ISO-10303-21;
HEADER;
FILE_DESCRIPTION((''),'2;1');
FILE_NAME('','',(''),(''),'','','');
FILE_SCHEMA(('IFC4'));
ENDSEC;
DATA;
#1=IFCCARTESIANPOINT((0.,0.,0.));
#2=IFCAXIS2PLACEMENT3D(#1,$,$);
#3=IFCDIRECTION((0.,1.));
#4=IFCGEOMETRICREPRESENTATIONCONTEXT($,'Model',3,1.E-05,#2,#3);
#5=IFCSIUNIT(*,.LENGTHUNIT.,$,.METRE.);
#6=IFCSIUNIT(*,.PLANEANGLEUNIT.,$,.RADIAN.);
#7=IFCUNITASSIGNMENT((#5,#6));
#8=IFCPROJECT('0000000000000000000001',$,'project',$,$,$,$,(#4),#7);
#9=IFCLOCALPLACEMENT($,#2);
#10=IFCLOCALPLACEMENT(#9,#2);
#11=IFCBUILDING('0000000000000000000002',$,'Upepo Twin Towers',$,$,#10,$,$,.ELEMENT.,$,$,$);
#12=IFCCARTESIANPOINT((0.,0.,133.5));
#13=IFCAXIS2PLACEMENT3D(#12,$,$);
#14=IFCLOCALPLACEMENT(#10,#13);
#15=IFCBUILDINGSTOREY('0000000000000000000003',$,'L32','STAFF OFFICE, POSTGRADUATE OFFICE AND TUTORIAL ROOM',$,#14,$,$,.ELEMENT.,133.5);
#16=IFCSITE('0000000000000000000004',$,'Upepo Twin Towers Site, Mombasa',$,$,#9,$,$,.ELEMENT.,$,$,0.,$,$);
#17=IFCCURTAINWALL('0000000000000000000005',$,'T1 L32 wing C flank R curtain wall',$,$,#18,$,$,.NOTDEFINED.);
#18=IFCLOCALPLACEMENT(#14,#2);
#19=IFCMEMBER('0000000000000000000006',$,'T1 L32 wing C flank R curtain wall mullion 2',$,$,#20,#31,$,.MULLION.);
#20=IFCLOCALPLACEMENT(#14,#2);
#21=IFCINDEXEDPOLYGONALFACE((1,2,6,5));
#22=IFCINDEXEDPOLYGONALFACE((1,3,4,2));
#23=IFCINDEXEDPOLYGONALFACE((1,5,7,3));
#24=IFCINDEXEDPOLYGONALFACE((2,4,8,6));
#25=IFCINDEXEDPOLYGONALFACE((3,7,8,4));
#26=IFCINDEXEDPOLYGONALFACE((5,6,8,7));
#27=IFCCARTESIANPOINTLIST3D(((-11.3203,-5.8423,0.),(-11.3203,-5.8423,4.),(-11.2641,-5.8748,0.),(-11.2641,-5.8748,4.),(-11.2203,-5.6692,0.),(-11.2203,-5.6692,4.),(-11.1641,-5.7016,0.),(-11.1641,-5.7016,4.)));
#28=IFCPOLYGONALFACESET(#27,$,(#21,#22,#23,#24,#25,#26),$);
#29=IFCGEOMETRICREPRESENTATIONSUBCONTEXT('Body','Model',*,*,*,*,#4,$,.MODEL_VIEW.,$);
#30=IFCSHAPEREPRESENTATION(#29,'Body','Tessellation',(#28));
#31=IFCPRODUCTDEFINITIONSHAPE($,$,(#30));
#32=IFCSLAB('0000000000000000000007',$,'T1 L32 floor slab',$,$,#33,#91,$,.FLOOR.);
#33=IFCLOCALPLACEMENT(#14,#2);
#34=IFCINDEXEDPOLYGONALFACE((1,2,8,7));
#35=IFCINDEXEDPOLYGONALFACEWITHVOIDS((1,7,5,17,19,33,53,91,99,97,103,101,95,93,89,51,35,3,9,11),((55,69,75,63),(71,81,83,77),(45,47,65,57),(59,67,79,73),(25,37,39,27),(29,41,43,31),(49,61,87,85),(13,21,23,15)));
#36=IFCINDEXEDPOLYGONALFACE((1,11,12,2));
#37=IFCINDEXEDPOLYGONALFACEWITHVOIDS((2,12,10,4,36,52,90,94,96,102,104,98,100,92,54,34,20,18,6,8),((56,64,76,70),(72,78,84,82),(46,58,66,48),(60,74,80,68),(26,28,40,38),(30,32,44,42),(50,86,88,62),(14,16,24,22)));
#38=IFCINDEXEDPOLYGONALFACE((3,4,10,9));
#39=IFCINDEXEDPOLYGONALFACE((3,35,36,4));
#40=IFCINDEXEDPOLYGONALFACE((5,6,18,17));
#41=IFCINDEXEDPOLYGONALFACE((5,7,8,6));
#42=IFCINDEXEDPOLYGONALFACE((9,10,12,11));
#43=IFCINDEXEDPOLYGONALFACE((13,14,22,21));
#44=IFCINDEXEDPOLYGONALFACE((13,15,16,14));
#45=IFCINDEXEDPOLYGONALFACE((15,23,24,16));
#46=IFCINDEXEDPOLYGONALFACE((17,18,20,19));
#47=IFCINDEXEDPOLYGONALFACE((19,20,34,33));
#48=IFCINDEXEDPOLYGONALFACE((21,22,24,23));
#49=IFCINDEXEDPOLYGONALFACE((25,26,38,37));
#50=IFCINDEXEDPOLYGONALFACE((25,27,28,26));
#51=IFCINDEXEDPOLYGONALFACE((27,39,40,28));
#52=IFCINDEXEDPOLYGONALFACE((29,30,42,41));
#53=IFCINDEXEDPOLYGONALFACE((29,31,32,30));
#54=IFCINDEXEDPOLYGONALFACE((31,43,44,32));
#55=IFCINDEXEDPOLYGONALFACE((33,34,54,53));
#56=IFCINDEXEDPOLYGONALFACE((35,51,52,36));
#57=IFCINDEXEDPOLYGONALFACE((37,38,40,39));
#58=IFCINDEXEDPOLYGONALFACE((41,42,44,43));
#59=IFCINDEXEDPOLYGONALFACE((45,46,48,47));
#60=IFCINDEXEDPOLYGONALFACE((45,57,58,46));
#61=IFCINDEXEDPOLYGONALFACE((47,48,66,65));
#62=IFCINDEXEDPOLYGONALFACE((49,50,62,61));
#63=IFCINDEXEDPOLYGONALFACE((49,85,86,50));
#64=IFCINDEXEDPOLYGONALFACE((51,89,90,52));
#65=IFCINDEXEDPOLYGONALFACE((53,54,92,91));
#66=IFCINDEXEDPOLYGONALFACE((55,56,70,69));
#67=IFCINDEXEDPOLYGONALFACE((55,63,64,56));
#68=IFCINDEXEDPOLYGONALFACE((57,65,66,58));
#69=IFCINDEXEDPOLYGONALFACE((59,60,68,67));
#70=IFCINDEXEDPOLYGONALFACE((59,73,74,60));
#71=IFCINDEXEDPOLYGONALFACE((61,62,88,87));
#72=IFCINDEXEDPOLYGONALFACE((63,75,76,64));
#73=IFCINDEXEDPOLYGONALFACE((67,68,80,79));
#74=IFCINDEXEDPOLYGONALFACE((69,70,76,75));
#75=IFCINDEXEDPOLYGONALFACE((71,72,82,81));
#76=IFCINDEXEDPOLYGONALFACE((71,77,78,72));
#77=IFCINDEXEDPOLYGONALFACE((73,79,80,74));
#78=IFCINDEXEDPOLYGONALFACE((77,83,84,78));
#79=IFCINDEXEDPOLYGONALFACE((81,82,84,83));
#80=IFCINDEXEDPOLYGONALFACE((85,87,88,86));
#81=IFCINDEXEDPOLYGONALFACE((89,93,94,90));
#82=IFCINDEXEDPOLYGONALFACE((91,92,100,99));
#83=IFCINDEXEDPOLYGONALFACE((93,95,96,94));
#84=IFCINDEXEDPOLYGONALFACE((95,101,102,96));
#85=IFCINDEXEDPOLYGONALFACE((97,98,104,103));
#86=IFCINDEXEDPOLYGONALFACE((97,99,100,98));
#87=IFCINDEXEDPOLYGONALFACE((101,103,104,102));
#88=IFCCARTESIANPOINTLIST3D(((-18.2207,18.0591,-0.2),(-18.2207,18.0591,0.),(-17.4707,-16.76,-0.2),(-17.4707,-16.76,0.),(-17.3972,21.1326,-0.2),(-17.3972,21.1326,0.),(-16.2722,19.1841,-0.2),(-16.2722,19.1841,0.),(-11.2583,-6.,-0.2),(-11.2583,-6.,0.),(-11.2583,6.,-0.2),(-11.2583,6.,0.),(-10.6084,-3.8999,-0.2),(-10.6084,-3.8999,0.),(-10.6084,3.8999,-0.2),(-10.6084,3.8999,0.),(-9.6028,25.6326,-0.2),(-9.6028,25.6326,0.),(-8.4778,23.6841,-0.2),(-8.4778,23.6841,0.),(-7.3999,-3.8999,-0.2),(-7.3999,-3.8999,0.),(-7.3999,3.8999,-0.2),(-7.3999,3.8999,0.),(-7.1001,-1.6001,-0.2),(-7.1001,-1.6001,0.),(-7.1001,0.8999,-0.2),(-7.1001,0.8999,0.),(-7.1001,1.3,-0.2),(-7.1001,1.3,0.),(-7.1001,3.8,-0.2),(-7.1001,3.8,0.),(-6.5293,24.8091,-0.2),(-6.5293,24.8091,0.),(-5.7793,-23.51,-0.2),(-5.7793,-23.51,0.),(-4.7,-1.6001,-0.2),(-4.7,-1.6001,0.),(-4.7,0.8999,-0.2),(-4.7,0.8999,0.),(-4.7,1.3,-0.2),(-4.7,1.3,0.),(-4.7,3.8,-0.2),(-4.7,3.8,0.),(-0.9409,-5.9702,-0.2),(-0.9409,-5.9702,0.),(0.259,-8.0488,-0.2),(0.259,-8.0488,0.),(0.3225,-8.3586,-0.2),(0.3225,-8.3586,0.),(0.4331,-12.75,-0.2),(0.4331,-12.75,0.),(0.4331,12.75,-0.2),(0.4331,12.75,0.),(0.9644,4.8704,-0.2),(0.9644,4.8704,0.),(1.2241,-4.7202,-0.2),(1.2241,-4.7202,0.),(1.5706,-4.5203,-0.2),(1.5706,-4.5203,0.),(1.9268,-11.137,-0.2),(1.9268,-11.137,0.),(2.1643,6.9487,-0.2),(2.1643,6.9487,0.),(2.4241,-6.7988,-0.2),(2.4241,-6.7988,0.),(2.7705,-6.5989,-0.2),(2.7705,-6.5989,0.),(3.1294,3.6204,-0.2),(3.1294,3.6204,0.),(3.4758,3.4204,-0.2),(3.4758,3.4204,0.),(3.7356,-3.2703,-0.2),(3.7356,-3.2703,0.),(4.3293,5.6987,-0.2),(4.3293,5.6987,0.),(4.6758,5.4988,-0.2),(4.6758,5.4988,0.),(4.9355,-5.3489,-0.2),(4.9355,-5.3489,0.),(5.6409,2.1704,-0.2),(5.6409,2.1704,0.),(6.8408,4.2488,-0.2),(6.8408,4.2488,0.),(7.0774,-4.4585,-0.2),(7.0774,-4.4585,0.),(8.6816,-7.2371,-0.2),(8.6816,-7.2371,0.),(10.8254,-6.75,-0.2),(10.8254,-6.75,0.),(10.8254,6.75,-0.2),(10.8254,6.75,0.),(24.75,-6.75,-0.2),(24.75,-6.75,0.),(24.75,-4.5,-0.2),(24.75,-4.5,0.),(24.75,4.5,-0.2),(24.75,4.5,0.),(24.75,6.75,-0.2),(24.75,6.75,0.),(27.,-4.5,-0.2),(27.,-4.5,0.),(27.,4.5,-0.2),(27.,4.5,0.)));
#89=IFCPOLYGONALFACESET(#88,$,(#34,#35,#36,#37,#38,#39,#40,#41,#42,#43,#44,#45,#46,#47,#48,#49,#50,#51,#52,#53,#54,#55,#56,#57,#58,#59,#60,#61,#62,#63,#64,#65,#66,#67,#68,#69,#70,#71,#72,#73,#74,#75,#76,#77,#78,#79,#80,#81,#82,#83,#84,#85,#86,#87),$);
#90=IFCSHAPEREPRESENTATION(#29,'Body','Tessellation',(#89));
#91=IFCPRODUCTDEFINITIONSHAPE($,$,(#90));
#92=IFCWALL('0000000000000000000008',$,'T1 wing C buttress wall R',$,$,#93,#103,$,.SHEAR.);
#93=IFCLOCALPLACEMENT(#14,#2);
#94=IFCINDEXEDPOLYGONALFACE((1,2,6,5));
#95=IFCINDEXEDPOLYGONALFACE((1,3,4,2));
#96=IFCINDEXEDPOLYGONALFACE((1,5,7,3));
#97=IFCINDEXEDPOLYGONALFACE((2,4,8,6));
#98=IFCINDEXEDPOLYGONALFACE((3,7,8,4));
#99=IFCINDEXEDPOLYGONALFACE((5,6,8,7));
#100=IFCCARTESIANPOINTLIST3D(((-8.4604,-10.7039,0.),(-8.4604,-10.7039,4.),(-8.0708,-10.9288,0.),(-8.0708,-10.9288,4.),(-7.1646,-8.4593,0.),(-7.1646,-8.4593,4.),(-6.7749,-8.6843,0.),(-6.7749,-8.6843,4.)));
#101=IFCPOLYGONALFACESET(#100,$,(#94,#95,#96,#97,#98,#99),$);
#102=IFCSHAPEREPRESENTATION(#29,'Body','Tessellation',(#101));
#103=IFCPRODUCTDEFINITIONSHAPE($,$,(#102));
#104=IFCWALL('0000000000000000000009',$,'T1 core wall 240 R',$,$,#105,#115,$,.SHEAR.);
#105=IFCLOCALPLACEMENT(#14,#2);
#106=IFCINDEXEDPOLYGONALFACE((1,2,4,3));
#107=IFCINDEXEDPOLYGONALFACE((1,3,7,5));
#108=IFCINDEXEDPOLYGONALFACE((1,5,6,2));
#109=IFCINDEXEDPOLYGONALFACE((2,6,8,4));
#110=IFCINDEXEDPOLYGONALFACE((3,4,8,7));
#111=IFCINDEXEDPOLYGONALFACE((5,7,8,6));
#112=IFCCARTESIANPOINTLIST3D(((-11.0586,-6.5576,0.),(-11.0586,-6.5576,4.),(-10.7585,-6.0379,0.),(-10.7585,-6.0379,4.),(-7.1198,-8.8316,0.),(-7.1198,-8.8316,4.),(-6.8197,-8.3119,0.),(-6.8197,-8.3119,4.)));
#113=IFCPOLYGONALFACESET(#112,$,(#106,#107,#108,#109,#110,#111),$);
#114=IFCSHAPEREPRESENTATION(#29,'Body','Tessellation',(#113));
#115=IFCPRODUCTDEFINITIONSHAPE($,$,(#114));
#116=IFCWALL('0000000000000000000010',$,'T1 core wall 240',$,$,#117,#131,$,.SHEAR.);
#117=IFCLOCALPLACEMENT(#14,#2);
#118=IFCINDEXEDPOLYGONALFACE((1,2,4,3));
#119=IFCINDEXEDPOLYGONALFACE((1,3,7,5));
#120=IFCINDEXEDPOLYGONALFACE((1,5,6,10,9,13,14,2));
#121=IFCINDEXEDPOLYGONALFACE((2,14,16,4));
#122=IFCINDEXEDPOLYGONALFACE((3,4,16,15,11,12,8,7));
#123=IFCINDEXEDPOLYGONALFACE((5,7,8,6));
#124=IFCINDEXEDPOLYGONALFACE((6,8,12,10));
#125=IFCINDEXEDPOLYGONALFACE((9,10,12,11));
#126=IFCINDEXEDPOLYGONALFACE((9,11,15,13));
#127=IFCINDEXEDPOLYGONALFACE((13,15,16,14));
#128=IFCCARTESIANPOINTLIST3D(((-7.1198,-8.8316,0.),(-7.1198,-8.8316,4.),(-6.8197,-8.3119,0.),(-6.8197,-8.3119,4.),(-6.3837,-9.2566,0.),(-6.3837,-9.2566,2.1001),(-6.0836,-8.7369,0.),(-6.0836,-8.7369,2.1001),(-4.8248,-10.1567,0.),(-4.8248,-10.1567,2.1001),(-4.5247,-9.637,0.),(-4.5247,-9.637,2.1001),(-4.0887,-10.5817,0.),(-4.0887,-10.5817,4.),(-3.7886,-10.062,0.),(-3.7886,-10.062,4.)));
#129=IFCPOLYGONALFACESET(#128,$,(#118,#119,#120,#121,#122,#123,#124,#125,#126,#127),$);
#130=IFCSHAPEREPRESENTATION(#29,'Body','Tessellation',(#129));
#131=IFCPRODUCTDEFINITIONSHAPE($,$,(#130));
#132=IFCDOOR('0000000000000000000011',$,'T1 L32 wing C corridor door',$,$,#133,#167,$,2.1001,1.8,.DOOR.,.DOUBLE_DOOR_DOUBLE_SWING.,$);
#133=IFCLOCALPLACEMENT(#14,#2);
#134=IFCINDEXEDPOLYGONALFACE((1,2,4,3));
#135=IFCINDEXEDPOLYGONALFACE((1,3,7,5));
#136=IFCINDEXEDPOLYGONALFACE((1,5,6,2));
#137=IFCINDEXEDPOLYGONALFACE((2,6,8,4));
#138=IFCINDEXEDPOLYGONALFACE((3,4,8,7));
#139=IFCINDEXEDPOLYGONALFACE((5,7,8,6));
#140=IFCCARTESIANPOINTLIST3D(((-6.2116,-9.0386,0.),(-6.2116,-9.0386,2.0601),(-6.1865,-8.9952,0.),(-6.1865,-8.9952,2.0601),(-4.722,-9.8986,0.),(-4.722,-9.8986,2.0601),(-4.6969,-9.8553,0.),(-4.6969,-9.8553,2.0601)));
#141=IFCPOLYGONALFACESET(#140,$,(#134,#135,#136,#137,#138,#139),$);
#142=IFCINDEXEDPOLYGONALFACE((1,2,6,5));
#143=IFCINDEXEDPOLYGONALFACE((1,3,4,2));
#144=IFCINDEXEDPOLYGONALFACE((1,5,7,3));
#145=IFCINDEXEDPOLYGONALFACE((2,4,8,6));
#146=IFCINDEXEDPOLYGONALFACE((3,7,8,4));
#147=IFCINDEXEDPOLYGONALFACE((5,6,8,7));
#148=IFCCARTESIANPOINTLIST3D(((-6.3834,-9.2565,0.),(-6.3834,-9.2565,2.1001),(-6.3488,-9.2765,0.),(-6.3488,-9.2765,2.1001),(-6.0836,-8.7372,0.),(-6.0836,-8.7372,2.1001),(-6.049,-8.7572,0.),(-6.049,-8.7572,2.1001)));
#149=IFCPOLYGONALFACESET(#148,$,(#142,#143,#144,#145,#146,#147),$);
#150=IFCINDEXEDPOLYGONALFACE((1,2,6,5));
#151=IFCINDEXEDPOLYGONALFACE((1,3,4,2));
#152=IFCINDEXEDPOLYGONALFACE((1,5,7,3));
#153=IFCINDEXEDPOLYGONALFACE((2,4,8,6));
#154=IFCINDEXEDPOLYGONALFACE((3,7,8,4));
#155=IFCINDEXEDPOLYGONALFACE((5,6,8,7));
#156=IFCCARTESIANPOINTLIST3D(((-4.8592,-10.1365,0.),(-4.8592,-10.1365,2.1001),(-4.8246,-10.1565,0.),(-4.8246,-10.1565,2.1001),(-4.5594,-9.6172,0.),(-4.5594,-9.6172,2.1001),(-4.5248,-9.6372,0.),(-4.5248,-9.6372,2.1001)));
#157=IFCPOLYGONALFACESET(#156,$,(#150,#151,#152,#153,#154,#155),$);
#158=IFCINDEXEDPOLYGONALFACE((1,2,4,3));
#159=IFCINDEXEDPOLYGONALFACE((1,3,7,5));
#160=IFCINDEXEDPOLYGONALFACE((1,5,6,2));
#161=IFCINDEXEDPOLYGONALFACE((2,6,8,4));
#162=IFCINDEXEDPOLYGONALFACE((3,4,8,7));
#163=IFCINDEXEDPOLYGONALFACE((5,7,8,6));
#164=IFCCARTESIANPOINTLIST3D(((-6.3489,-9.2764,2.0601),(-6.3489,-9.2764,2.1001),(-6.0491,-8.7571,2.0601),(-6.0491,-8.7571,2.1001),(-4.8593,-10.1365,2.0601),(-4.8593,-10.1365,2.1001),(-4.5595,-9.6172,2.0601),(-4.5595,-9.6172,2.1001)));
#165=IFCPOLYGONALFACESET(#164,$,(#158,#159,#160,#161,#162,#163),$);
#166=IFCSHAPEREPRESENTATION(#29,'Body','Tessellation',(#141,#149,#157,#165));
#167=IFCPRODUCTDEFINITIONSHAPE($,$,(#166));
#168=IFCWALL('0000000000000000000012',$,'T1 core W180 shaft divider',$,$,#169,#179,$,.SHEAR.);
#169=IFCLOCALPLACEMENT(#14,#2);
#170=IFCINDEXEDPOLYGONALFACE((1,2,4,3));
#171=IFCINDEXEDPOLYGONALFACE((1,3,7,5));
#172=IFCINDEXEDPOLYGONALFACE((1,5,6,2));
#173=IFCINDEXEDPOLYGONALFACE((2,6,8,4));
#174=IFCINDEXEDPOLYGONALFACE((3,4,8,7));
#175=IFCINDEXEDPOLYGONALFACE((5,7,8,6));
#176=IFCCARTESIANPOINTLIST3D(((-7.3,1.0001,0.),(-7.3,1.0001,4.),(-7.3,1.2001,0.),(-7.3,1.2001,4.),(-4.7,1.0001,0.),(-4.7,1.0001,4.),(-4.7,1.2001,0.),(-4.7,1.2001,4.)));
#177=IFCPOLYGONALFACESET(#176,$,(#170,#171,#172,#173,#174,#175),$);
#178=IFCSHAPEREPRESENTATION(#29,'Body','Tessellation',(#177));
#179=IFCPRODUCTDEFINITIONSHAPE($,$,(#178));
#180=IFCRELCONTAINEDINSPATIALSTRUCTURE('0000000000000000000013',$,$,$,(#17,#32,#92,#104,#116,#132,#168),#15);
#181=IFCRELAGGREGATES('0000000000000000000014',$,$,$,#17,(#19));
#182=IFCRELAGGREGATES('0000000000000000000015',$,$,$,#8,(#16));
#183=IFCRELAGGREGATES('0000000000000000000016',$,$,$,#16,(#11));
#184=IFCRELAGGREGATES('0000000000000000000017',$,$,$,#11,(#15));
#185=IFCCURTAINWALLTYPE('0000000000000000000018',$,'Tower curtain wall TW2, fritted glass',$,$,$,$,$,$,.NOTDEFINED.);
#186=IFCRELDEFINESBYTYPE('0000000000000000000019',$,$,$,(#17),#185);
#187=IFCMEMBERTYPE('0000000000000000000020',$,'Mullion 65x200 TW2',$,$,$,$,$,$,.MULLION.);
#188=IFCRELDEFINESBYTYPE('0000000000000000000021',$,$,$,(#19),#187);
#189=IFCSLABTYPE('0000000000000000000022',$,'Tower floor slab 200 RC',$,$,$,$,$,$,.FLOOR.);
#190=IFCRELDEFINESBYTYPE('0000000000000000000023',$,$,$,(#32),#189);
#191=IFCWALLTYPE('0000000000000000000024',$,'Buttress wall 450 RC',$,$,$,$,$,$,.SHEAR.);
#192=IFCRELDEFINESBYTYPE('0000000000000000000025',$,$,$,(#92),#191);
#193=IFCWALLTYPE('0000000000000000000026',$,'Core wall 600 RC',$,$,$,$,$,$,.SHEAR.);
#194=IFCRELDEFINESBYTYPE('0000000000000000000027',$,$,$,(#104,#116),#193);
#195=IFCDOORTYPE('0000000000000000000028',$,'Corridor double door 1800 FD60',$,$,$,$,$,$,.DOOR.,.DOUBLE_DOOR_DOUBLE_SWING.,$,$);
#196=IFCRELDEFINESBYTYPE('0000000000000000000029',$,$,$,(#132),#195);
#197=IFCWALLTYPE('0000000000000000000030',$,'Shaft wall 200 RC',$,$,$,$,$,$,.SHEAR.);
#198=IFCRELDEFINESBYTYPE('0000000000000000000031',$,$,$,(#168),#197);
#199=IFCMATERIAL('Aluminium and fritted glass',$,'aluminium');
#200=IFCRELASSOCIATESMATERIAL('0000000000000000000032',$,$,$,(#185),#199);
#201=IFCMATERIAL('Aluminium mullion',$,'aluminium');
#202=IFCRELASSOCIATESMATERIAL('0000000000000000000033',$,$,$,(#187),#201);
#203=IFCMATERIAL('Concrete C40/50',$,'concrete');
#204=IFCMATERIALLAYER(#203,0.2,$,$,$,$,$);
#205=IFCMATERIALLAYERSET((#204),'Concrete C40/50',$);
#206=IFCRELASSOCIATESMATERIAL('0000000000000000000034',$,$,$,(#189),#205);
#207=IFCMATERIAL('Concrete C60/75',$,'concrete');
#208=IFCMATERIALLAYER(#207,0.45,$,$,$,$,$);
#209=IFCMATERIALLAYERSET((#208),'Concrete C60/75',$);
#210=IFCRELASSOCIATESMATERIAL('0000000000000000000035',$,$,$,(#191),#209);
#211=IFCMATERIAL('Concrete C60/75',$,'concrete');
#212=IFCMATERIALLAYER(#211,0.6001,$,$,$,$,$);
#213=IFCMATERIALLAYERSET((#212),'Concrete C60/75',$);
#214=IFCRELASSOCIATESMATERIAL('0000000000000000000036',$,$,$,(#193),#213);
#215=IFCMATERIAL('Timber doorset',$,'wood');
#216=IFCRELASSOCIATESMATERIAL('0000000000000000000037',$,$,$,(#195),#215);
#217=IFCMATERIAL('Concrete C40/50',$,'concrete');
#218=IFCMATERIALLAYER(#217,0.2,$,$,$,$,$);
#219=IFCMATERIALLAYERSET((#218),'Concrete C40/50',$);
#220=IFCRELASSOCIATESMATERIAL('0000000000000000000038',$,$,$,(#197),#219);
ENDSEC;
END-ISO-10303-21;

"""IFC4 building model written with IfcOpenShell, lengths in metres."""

from ifc_helpers import new_model, si_unit, direction, frame, frame_2d, origin, origin_2d, place, context, subcontext, project, spatial, polyline, rectangle, outline, extrude, material, layer, layer_set, material_profile, profile_set, type_object, element, fill, aggregate, save


model = new_model("IFC4")

# Units and contexts
model_context = context("Model", 3, precision=1e-05, world=origin(), true_north=direction((0.0, 1.0)))
body_context = subcontext(model_context, "Body", "Model", "MODEL_VIEW")
ifc_project = project(units=[si_unit("LENGTHUNIT", "METRE"), si_unit("PLANEANGLEUNIT", "RADIAN")], contexts=[model_context])

# Site, building, storey
site_placement = place(None, origin())
site = spatial("IfcSite", under=ifc_project, at=site_placement, Name="Upepo Twin Towers Site, Mombasa", CompositionType="ELEMENT", RefElevation=0.0)
building_placement = place(site_placement, origin())
building = spatial("IfcBuilding", under=site, at=building_placement, Name="Upepo Twin Towers", CompositionType="ELEMENT")
storey_placement = place(building_placement, frame((0.0, 0.0, 133.5)))
storey = spatial("IfcBuildingStorey", under=building, at=storey_placement, Name="L32", Description="STAFF OFFICE, POSTGRADUATE OFFICE AND TUTORIAL ROOM", CompositionType="ELEMENT", Elevation=133.5)

# Curtain wall, member
ifc_material_1 = material(Name="Aluminium and fritted glass", Category="aluminium")
curtain_wall_type = type_object("IfcCurtainWallType", Name="Tower curtain wall TW2, fritted glass", PredefinedType="NOTDEFINED", material=ifc_material_1)
curtain_wall_placement = place(storey_placement, origin())
curtain_wall = element("IfcCurtainWall", 1, at=curtain_wall_placement, inside=storey, type_object=curtain_wall_type, Name="T1 L32 wing C flank R curtain wall", PredefinedType="NOTDEFINED")
ifc_material_2 = material(Name="Aluminium mullion", Category="aluminium")
ifc_material_profile = material_profile(ifc_material_2, rectangle(XDim=0.0649, YDim=0.2, at=origin_2d()), Name="MULLION 65x200")
ifc_profile_set = profile_set([ifc_material_profile], Name="Aluminium mullion")
member_type = type_object("IfcMemberType", Name="Mullion 65x200 TW2", PredefinedType="MULLION", material=ifc_profile_set)
member_placement = place(storey_placement, frame((-11.2422, -5.772, 0.0), z_axis=(0.0, 0.0, 1.0), x_axis=(-0.866025, 0.5, 0.0)))
member = element("IfcMember", 2, at=member_placement, type_object=member_type, Name="T1 L32 wing C flank R curtain wall mullion 2", PredefinedType="MULLION", context=body_context, shape_type="SweptSolid", body=[
    extrude(rectangle(XDim=0.0649, YDim=0.2, at=origin_2d()), origin(), (0.0, 0.0, 1.0), 4.0),
])
aggregate(curtain_wall, [member])

# Slab
ifc_material_3 = material(Name="Concrete C40/50", Category="concrete")
ifc_layer_1 = layer(ifc_material_3, 0.2)
ifc_layer_set_1 = layer_set([ifc_layer_1], Name="Concrete C40/50")
slab_type = type_object("IfcSlabType", Name="Tower floor slab 200 RC", PredefinedType="FLOOR", material=ifc_layer_set_1)
slab_placement = place(storey_placement, frame((0.0, 0.0, -0.2)))
element("IfcSlab", 3, at=slab_placement, inside=storey, type_object=slab_type, Name="T1 L32 floor slab", PredefinedType="FLOOR", context=body_context, shape_type="SweptSolid", body=[
    extrude(outline(polyline([(-17.4707, -16.76), (-11.2583, -6.0), (-11.2583, 6.0), (-18.2207, 18.0591), (-16.2722, 19.1841), (-17.3972, 21.1326), (-9.6028, 25.6326), (-8.4778, 23.6841), (-6.5293, 24.8091), (0.4331, 12.75), (10.8254, 6.75), (24.75, 6.75), (24.75, 4.5), (27.0, 4.5), (27.0, -4.5), (24.75, -4.5), (24.75, -6.75), (10.8254, -6.75), (0.4331, -12.75), (-5.7793, -23.51), (-17.4707, -16.76)]), holes=[polyline([(5.6409, 2.1704), (6.8408, 4.2488), (4.6758, 5.4988), (3.4758, 3.4204), (5.6409, 2.1704)]), polyline([(3.1294, 3.6204), (4.3293, 5.6987), (2.1643, 6.9487), (0.9644, 4.8704), (3.1294, 3.6204)]), polyline([(-4.7, 3.8), (-7.1001, 3.8), (-7.1001, 1.3), (-4.7, 1.3), (-4.7, 3.8)]), polyline([(-4.7, 0.8999), (-7.1001, 0.8999), (-7.1001, -1.6001), (-4.7, -1.6001), (-4.7, 0.8999)]), polyline([(-7.3999, 3.8999), (-10.6084, 3.8999), (-10.6084, -3.8999), (-7.3999, -3.8999), (-7.3999, 3.8999)]), polyline([(-0.9409, -5.9702), (0.259, -8.0488), (2.4241, -6.7988), (1.2241, -4.7202), (-0.9409, -5.9702)]), polyline([(1.5706, -4.5203), (2.7705, -6.5989), (4.9355, -5.3489), (3.7356, -3.2703), (1.5706, -4.5203)]), polyline([(0.3225, -8.3586), (1.9268, -11.137), (8.6816, -7.2371), (7.0774, -4.4585), (0.3225, -8.3586)])]), origin(), (0.0, 0.0, 1.0), 0.2),
])

# Walls
ifc_material_4 = material(Name="Concrete C60/75", Category="concrete")
ifc_layer_2 = layer(ifc_material_4, 0.45)
ifc_layer_set_2 = layer_set([ifc_layer_2], Name="Concrete C60/75")
wall_type_1 = type_object("IfcWallType", Name="Buttress wall 450 RC", PredefinedType="SHEAR", material=ifc_layer_set_2)
wall_1_placement = place(storey_placement, frame((-6.9697, -8.5718, 0.0), z_axis=(0.0, 0.0, 1.0), x_axis=(-0.499989, -0.866032, 0.0)))
element("IfcWall", 4, at=wall_1_placement, inside=storey, type_object=wall_type_1, Name="T1 wing C buttress wall R", PredefinedType="SHEAR", context=body_context, shape_type="SweptSolid", body=[
    extrude(rectangle(XDim=2.5918, YDim=0.45, at=frame_2d((1.2959, 0.0))), origin(), (0.0, 0.0, 1.0), 4.0),
])
ifc_material_5 = material(Name="Concrete C60/75", Category="concrete")
ifc_layer_3 = layer(ifc_material_5, 0.6001)
ifc_layer_set_3 = layer_set([ifc_layer_3], Name="Concrete C60/75")
wall_type_2 = type_object("IfcWallType", Name="Core wall 600 RC", PredefinedType="SHEAR", material=ifc_layer_set_3)
wall_2_placement = place(storey_placement, frame((-10.9084, -6.2979, 0.0), z_axis=(0.0, 0.0, 1.0), x_axis=(0.866035, -0.499984, 0.0)))
element("IfcWall", 5, at=wall_2_placement, inside=storey, type_object=wall_type_2, Name="T1 core wall 240 R", PredefinedType="SHEAR", context=body_context, shape_type="SweptSolid", body=[
    extrude(rectangle(XDim=4.5481, YDim=0.6001, at=frame_2d((2.2739, 0.0))), origin(), (0.0, 0.0, 1.0), 4.0),
])

# Wall, opening, door
wall_3_placement = place(storey_placement, frame((-6.9697, -8.5718, 0.0), z_axis=(0.0, 0.0, 1.0), x_axis=(0.866019, -0.50001, 0.0)))
wall_3 = element("IfcWall", 6, at=wall_3_placement, inside=storey, type_object=wall_type_2, Name="T1 core wall 240", PredefinedType="SHEAR", context=body_context, shape_type="SweptSolid", body=[
    extrude(rectangle(XDim=3.5, YDim=0.6001, at=frame_2d((1.75, 0.0))), origin(), (0.0, 0.0, 1.0), 4.0),
])
opening_1_placement = place(wall_3_placement, frame((0.8501, 0.0, 0.0)))
opening_1 = element("IfcOpeningElement", 7, at=opening_1_placement, cuts=wall_3, PredefinedType="OPENING", context=body_context, shape_type="SweptSolid", body=[
    extrude(rectangle(XDim=1.8, YDim=2.1001, at=frame_2d((0.8999, 1.05))), frame((0.0, 0.3101, 0.0), z_axis=(0.0, -1.0, 0.0), x_axis=(1.0, 0.0, 0.0)), (0.0, 0.0, 1.0), 0.6201),
])
ifc_material_6 = material(Name="Timber doorset", Category="wood")
door_type_1 = type_object("IfcDoorType", Name="Corridor double door 1800 FD60", OperationType="DOUBLE_DOOR_DOUBLE_SWING", PredefinedType="DOOR", material=ifc_material_6)
door_1_placement = place(opening_1_placement, origin())
door_1 = element("IfcDoor", 8, at=door_1_placement, inside=storey, type_object=door_type_1, Name="T1 L32 wing C corridor door", OperationType="DOUBLE_DOOR_DOUBLE_SWING", OverallHeight=2.1001, OverallWidth=1.8, PredefinedType="DOOR", context=body_context, shape_type="SweptSolid", body=[
    extrude(rectangle(XDim=1.72, YDim=2.0601, at=frame_2d((0.8999, 1.03))), frame((0.0, 0.0249, 0.0), z_axis=(0.0, -1.0, 0.0), x_axis=(1.0, 0.0, 0.0)), (0.0, 0.0, 1.0), 0.05),
    extrude(rectangle(XDim=0.04, YDim=2.1001, at=frame_2d((0.02, 1.05))), frame((0.0, 0.2998, 0.0), z_axis=(0.0, -1.0, 0.0), x_axis=(1.0, 0.0, 0.0)), (0.0, 0.0, 1.0), 0.5996),
    extrude(rectangle(XDim=0.04, YDim=2.1001, at=frame_2d((1.78, 1.05))), frame((0.0, 0.2998, 0.0), z_axis=(0.0, -1.0, 0.0), x_axis=(1.0, 0.0, 0.0)), (0.0, 0.0, 1.0), 0.5996),
    extrude(rectangle(XDim=1.72, YDim=0.04, at=frame_2d((0.8999, 2.0801))), frame((0.0, 0.2998, 0.0), z_axis=(0.0, -1.0, 0.0), x_axis=(1.0, 0.0, 0.0)), (0.0, 0.0, 1.0), 0.5996),
])
fill(opening_1, door_1)

# Wall
ifc_material_7 = material(Name="Concrete C40/50", Category="concrete")
ifc_layer_4 = layer(ifc_material_7, 0.2)
ifc_layer_set_4 = layer_set([ifc_layer_4], Name="Concrete C40/50")
wall_type_3 = type_object("IfcWallType", Name="Shaft wall 200 RC", PredefinedType="SHEAR", material=ifc_layer_set_4)
wall_4_placement = place(storey_placement, frame((-4.7, 1.1001, 0.0), z_axis=(0.0, 0.0, 1.0), x_axis=(-1.0, 0.0, 0.0)))
element("IfcWall", 9, at=wall_4_placement, inside=storey, type_object=wall_type_3, Name="T1 core W180 shaft divider", PredefinedType="SHEAR", context=body_context, shape_type="SweptSolid", body=[
    extrude(rectangle(XDim=2.6001, YDim=0.2, at=frame_2d((1.3, 0.0))), origin(), (0.0, 0.0, 1.0), 4.0),
])

save(model, "model.ifc")
